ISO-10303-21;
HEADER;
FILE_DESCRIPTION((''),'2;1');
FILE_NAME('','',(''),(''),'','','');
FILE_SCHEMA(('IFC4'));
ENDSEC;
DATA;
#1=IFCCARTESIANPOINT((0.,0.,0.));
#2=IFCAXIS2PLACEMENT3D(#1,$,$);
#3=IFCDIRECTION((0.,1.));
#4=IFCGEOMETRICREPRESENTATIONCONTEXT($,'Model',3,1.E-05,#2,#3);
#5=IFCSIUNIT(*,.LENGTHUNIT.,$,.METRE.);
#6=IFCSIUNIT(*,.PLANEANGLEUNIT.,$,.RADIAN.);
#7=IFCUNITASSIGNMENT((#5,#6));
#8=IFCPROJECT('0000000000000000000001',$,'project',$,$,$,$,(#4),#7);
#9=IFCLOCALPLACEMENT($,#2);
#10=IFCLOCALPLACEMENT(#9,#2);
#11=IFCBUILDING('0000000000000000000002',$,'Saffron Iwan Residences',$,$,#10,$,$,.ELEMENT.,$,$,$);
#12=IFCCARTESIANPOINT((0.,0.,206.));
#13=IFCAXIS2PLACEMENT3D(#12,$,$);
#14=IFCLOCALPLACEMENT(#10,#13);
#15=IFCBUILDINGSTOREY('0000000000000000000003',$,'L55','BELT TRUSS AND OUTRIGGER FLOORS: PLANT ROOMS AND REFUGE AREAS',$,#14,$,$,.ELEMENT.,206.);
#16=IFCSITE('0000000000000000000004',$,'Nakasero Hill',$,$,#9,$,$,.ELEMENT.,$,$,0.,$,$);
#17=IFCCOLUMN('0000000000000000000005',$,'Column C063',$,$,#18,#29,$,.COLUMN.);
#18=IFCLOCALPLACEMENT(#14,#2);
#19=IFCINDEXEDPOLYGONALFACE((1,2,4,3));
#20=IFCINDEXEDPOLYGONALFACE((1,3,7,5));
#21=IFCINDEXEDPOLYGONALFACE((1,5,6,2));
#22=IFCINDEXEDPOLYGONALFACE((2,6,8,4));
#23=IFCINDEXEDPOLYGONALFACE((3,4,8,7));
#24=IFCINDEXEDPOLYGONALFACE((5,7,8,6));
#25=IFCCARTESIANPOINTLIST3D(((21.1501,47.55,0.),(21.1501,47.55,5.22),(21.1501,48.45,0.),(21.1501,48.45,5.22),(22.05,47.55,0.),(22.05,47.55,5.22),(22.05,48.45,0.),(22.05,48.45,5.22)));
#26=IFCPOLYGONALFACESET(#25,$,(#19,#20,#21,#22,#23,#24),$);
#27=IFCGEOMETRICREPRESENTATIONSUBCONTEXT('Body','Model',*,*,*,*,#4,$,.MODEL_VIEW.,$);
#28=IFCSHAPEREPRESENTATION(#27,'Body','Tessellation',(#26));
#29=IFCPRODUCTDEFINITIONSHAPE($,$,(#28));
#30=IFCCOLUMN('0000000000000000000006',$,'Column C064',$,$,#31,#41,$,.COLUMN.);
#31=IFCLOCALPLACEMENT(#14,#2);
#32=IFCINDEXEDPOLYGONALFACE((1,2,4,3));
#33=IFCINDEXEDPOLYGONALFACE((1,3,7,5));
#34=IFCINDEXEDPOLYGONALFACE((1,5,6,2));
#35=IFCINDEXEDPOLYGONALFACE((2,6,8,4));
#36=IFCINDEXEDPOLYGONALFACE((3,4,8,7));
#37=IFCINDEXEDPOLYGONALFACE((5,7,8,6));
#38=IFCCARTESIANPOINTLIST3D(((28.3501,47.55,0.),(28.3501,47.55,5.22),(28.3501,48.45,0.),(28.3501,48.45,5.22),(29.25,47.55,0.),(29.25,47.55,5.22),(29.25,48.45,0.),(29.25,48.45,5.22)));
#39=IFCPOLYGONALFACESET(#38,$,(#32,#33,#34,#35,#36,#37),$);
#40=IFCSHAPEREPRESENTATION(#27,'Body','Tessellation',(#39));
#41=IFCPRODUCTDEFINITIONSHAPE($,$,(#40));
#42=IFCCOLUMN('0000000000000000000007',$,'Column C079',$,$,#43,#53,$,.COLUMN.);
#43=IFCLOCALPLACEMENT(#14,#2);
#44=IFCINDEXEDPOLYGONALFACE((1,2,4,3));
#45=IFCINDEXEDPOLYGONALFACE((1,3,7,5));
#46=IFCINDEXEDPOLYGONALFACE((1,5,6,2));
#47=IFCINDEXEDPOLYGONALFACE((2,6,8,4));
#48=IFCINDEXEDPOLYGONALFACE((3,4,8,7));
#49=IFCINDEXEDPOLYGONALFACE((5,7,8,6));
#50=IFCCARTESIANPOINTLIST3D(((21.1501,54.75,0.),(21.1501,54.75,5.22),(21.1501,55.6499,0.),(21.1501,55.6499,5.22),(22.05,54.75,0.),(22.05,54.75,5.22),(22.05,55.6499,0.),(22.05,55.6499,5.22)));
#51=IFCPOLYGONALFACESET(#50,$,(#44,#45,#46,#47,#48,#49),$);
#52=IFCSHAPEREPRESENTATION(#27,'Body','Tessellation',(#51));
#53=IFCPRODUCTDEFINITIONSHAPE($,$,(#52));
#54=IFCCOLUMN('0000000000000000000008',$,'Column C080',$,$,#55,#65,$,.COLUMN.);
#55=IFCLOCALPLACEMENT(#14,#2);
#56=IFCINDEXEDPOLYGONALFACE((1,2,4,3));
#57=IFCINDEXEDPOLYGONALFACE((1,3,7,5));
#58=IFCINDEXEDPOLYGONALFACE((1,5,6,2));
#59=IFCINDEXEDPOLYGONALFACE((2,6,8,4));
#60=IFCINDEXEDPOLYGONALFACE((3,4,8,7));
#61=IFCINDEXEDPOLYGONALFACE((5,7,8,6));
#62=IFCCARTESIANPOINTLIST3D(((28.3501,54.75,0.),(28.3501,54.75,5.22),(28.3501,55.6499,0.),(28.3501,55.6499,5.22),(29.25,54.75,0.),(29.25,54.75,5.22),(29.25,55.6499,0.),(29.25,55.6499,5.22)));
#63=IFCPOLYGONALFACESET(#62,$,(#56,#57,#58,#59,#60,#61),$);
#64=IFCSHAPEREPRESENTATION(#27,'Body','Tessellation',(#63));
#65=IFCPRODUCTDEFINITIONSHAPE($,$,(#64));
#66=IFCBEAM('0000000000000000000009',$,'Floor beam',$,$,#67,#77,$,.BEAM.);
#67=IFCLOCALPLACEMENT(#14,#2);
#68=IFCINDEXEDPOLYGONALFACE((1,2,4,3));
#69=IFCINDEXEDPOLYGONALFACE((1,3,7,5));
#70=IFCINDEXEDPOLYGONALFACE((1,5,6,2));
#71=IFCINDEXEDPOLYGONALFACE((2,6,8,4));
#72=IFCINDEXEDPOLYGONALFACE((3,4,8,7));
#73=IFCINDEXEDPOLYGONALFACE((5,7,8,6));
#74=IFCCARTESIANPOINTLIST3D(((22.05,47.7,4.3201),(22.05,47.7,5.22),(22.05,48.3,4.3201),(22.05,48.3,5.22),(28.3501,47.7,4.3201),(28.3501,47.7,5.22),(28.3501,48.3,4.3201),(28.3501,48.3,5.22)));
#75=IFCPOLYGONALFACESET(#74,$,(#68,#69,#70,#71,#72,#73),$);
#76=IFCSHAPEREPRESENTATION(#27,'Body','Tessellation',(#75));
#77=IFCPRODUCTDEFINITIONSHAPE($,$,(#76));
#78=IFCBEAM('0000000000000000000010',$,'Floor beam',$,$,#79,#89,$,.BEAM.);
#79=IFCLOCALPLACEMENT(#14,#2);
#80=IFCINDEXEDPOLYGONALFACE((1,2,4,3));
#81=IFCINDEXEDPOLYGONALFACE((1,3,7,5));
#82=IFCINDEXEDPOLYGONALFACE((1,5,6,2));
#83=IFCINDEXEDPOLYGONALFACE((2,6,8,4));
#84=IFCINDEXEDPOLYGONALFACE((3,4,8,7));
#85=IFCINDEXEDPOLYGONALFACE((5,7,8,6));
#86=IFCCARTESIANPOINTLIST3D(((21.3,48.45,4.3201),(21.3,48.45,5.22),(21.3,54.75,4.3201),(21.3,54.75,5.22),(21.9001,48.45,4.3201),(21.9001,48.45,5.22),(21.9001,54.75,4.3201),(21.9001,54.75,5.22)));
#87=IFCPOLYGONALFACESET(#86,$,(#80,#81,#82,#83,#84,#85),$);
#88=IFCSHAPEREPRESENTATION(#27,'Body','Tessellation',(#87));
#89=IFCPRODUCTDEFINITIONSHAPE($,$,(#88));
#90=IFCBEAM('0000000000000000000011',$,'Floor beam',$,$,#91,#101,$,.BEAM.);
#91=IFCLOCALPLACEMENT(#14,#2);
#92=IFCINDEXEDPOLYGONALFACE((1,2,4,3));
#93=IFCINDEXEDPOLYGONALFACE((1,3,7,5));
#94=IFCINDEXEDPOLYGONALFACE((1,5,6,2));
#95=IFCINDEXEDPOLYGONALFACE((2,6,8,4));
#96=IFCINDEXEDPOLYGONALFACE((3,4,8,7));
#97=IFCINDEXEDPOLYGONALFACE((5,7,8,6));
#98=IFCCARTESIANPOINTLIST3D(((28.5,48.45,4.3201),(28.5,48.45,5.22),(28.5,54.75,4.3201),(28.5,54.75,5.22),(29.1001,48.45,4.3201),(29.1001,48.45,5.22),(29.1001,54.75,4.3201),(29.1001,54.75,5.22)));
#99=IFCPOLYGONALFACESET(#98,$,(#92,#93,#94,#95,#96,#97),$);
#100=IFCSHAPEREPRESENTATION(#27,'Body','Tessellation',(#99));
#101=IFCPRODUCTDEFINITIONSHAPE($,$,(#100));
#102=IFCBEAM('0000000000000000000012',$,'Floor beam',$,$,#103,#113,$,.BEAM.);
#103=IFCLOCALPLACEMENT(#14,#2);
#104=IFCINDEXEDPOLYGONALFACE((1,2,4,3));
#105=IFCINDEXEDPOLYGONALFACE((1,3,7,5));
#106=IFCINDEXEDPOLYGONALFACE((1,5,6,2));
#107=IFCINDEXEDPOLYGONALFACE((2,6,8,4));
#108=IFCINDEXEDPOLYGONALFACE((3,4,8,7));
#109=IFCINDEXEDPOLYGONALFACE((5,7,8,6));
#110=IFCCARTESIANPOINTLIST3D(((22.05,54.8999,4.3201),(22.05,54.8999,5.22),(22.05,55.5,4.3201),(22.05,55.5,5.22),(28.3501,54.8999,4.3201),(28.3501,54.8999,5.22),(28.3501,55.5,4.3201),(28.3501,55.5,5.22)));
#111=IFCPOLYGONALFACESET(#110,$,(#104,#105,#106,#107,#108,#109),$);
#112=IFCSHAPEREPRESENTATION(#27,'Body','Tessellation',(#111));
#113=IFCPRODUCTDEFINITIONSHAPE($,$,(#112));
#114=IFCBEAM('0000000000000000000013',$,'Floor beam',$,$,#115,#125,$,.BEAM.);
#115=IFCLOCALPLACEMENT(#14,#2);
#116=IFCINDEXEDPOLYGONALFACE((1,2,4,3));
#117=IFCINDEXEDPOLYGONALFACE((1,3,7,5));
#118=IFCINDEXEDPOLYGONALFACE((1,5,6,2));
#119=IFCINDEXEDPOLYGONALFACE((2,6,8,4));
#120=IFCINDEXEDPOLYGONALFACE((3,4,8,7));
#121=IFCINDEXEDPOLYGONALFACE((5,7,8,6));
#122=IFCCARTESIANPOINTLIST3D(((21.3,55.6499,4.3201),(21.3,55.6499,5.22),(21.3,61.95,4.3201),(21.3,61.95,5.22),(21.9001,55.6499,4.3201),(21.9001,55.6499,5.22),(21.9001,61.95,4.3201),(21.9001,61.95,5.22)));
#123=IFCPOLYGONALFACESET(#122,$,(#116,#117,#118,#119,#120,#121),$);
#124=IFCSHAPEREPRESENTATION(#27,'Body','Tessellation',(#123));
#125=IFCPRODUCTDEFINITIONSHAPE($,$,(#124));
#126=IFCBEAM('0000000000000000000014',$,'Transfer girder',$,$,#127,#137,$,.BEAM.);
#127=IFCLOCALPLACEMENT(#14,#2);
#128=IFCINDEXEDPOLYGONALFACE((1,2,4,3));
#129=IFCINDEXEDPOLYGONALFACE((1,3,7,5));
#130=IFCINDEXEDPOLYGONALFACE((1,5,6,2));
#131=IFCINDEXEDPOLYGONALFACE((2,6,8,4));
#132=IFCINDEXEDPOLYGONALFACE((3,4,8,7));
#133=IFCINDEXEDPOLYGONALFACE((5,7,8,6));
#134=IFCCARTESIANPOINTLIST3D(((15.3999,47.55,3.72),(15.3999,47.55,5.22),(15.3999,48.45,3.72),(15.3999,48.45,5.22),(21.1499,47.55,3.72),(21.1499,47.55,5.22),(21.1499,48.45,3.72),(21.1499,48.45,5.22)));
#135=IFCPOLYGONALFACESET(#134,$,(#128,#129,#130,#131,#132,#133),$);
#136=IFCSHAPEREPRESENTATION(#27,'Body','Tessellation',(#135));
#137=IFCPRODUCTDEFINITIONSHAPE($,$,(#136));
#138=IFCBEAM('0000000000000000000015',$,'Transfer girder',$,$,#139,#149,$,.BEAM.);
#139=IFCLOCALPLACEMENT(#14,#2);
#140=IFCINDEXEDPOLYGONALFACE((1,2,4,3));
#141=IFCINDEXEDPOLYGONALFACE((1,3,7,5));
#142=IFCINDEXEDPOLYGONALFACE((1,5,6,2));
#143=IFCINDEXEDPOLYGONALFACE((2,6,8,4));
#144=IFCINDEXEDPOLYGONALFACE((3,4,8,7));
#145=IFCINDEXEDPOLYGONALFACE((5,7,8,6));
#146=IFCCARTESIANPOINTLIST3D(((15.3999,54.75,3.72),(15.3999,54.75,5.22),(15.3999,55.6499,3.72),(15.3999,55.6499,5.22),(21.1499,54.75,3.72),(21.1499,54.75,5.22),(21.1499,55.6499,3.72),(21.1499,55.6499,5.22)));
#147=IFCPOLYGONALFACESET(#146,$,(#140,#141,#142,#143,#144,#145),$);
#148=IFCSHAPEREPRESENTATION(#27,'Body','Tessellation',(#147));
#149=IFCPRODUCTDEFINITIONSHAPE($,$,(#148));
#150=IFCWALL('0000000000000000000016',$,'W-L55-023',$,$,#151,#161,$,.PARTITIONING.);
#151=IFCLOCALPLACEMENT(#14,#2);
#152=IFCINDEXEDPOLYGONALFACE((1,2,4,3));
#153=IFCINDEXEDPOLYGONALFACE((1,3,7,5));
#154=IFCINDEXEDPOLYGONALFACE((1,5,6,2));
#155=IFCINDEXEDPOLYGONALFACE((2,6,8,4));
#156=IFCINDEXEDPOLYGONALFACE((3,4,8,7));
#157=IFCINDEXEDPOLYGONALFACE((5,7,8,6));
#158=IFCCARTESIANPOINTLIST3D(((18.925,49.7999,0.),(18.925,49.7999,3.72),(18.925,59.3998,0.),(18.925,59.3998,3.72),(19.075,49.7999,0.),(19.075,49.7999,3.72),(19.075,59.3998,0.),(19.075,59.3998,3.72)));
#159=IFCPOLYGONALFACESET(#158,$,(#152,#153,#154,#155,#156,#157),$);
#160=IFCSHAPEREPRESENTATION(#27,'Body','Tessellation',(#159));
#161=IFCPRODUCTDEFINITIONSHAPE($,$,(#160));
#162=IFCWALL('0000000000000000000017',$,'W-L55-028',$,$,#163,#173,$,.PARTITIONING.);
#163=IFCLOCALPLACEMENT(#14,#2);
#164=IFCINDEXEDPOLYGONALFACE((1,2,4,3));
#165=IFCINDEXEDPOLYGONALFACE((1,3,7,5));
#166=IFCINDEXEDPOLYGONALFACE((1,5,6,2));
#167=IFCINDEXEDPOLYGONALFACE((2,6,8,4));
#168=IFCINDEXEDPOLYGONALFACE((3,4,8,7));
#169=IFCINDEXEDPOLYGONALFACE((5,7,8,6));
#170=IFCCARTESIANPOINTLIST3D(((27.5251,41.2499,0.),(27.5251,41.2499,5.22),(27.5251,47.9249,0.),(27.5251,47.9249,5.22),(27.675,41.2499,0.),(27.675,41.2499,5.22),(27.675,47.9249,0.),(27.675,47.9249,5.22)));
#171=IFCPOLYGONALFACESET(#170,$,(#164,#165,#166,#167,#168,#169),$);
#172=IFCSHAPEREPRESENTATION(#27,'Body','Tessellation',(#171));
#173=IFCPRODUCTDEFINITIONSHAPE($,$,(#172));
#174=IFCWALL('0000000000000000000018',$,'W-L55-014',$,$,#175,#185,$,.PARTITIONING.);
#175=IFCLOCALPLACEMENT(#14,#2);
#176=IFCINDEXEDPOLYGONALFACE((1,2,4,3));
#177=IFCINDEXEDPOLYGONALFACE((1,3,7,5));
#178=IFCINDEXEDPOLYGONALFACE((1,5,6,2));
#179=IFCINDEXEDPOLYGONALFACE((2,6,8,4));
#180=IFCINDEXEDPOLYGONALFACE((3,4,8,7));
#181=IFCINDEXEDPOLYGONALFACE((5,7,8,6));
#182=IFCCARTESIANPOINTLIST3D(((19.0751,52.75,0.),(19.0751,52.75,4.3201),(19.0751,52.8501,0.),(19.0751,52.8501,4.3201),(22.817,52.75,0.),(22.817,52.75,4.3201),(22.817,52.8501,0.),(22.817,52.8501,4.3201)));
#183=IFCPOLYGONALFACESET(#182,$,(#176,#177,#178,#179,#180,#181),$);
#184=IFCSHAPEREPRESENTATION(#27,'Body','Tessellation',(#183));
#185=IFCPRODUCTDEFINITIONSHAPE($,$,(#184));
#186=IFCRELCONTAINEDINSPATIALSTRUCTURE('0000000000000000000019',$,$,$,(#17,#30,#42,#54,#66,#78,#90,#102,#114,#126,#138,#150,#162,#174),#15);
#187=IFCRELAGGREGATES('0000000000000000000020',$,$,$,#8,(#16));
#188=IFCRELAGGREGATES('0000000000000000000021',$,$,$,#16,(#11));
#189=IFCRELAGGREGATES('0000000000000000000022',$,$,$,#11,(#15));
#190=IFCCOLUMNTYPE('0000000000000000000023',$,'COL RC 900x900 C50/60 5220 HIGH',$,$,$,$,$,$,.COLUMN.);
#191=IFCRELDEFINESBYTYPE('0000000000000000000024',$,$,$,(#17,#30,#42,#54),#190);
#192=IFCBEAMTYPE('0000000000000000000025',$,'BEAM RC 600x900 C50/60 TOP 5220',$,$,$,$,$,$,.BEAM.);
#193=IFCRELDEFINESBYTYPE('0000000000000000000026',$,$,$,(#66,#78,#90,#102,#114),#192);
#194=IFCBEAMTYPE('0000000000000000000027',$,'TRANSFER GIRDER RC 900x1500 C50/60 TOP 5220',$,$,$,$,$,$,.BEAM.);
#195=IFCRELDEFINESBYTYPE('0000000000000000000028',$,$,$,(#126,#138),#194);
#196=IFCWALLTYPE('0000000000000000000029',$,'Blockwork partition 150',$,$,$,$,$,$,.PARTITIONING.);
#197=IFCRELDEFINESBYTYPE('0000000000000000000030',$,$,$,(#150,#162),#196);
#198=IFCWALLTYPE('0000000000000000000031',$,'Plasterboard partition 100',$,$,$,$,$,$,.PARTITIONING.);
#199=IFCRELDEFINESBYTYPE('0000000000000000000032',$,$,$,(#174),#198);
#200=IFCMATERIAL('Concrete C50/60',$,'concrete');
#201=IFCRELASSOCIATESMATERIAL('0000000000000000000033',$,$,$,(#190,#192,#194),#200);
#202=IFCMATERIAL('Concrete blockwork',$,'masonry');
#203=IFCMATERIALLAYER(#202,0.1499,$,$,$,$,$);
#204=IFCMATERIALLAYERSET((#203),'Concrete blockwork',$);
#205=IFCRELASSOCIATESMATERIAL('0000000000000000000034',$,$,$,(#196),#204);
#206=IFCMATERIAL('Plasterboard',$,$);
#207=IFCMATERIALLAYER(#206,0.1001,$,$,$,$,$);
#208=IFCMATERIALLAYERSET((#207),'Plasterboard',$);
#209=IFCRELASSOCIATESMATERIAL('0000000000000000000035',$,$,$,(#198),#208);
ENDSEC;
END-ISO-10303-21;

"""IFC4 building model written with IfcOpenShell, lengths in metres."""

from ifc_helpers import new_model, si_unit, direction, frame, frame_2d, origin, origin_2d, place, context, subcontext, project, spatial, rectangle, extrude, source, transform, mapped, material, layer, layer_set, material_profile, profile_set, type_object, element, save


model = new_model("IFC4")

# Units and contexts
model_context = context("Model", 3, precision=1e-05, world=origin(), true_north=direction((0.0, 1.0)))
body_context = subcontext(model_context, "Body", "Model", "MODEL_VIEW")
ifc_project = project(units=[si_unit("LENGTHUNIT", "METRE"), si_unit("PLANEANGLEUNIT", "RADIAN")], contexts=[model_context])

# Site, building, storey
site_placement = place(None, origin())
site = spatial("IfcSite", under=ifc_project, at=site_placement, Name="Nakasero Hill", CompositionType="ELEMENT", RefElevation=0.0)
building_placement = place(site_placement, origin())
building = spatial("IfcBuilding", under=site, at=building_placement, Name="Saffron Iwan Residences", CompositionType="ELEMENT")
storey_placement = place(building_placement, frame((0.0, 0.0, 206.0)))
storey = spatial("IfcBuildingStorey", under=building, at=storey_placement, Name="L55", Description="BELT TRUSS AND OUTRIGGER FLOORS: PLANT ROOMS AND REFUGE AREAS", CompositionType="ELEMENT", Elevation=206.0)

# Columns
ifc_material_1 = material(Name="Concrete C50/60", Category="concrete")
ifc_material_profile_1 = material_profile(ifc_material_1, rectangle(XDim=0.8999, YDim=0.8999, at=origin_2d()), Name="RC 900x900")
ifc_profile_set_1 = profile_set([ifc_material_profile_1], Name="Concrete C50/60")
column_type = type_object("IfcColumnType", Name="COL RC 900x900 C50/60 5220 HIGH", PredefinedType="COLUMN", material=ifc_profile_set_1)
shared_shape_1 = source(origin(), body_context, "Body", "SweptSolid", [
    extrude(rectangle(XDim=0.8999, YDim=0.8999, at=origin_2d()), origin(), (0.0, 0.0, 1.0), 5.22),
])
for number, where, z_axis, x_axis, name in (
    (1, (21.6001, 48.0, 0.0), (0.0, 0.0, 1.0), (1.0, 0.0, 0.0), "Column C063"),
    (2, (28.8, 48.0, 0.0), (0.0, 0.0, 1.0), (1.0, 0.0, 0.0), "Column C064"),
    (3, (21.6001, 55.2, 0.0), (0.0, 0.0, 1.0), (1.0, 0.0, 0.0), "Column C079"),
    (4, (28.8, 55.2, 0.0), (0.0, 0.0, 1.0), (1.0, 0.0, 0.0), "Column C080"),
):
    element("IfcColumn", number, at=place(storey_placement, frame(where, z_axis=z_axis, x_axis=x_axis)), inside=storey, type_object=column_type, Name=name, PredefinedType="COLUMN", context=body_context, shape_type="MappedRepresentation", body=[
        mapped(shared_shape_1, transform((0.0, 0.0, 0.0))),
    ])

# Beams
ifc_material_profile_2 = material_profile(ifc_material_1, rectangle(XDim=0.6001, YDim=0.8999, at=origin_2d()), Name="RC 600x900")
ifc_profile_set_2 = profile_set([ifc_material_profile_2], Name="Concrete C50/60")
beam_type_1 = type_object("IfcBeamType", Name="BEAM RC 600x900 C50/60 TOP 5220", PredefinedType="BEAM", material=ifc_profile_set_2)
shared_shape_2 = source(origin(), body_context, "Body", "SweptSolid", [
    extrude(rectangle(XDim=0.6001, YDim=0.8999, at=origin_2d()), origin(), (0.0, 0.0, 1.0), 6.3),
])
for number, where, z_axis, x_axis, name in (
    (5, (22.05, 48.0, 4.77), (1.0, 0.0, 0.0), (0.0, 1.0, 0.0), "Floor beam"),
    (6, (21.6001, 48.45, 4.77), (0.0, 1.0, 0.0), (-1.0, 0.0, 0.0), "Floor beam"),
    (7, (28.8, 48.45, 4.77), (0.0, 1.0, 0.0), (-1.0, 0.0, 0.0), "Floor beam"),
    (8, (22.05, 55.2, 4.77), (1.0, 0.0, 0.0), (0.0, 1.0, 0.0), "Floor beam"),
    (9, (21.6001, 55.6499, 4.77), (0.0, 1.0, 0.0), (-1.0, 0.0, 0.0), "Floor beam"),
):
    element("IfcBeam", number, at=place(storey_placement, frame(where, z_axis=z_axis, x_axis=x_axis)), inside=storey, type_object=beam_type_1, Name=name, PredefinedType="BEAM", context=body_context, shape_type="MappedRepresentation", body=[
        mapped(shared_shape_2, transform((0.0, 0.0, 0.0))),
    ])
ifc_material_profile_3 = material_profile(ifc_material_1, rectangle(XDim=0.8999, YDim=1.5, at=origin_2d()), Name="RC 900x1500")
ifc_profile_set_3 = profile_set([ifc_material_profile_3], Name="Concrete C50/60")
beam_type_2 = type_object("IfcBeamType", Name="TRANSFER GIRDER RC 900x1500 C50/60 TOP 5220", PredefinedType="BEAM", material=ifc_profile_set_3)
shared_shape_3 = source(origin(), body_context, "Body", "SweptSolid", [
    extrude(rectangle(XDim=0.8999, YDim=1.5, at=origin_2d()), origin(), (0.0, 0.0, 1.0), 5.75),
])
for number, where, z_axis, x_axis, name in (
    (10, (21.1499, 48.0, 4.47), (-1.0, 0.0, 0.0), (0.0, -1.0, 0.0), "Transfer girder"),
    (11, (21.1499, 55.2, 4.47), (-1.0, 0.0, 0.0), (0.0, -1.0, 0.0), "Transfer girder"),
):
    element("IfcBeam", number, at=place(storey_placement, frame(where, z_axis=z_axis, x_axis=x_axis)), inside=storey, type_object=beam_type_2, Name=name, PredefinedType="BEAM", context=body_context, shape_type="MappedRepresentation", body=[
        mapped(shared_shape_3, transform((0.0, 0.0, 0.0))),
    ])

# Walls
ifc_material_2 = material(Name="Concrete blockwork", Category="masonry")
ifc_layer_1 = layer(ifc_material_2, 0.1499)
ifc_layer_set_1 = layer_set([ifc_layer_1], Name="Concrete blockwork")
wall_type_1 = type_object("IfcWallType", Name="Blockwork partition 150", PredefinedType="PARTITIONING", material=ifc_layer_set_1)
wall_1_placement = place(storey_placement, frame((19.0, 49.8, 0.0), z_axis=(0.0, 0.0, 1.0), x_axis=(0.0, 1.0, 0.0)))
element("IfcWall", 12, at=wall_1_placement, inside=storey, type_object=wall_type_1, Name="W-L55-023", PredefinedType="PARTITIONING", context=body_context, shape_type="SweptSolid", body=[
    extrude(rectangle(XDim=9.5999, YDim=0.1499, at=frame_2d((4.7998, 0.0))), origin(), (0.0, 0.0, 1.0), 3.72),
])
wall_2_placement = place(storey_placement, frame((27.6001, 41.25, 0.0), z_axis=(0.0, 0.0, 1.0), x_axis=(0.0, 1.0, 0.0)))
element("IfcWall", 13, at=wall_2_placement, inside=storey, type_object=wall_type_1, Name="W-L55-028", PredefinedType="PARTITIONING", context=body_context, shape_type="SweptSolid", body=[
    extrude(rectangle(XDim=6.675, YDim=0.1499, at=frame_2d((3.3374, 0.0))), origin(), (0.0, 0.0, 1.0), 5.22),
])
ifc_material_3 = material(Name="Plasterboard")
ifc_layer_2 = layer(ifc_material_3, 0.1001)
ifc_layer_set_2 = layer_set([ifc_layer_2], Name="Plasterboard")
wall_type_2 = type_object("IfcWallType", Name="Plasterboard partition 100", PredefinedType="PARTITIONING", material=ifc_layer_set_2)
wall_3_placement = place(storey_placement, frame((19.075, 52.8, 0.0), z_axis=(0.0, 0.0, 1.0), x_axis=(1.0, 0.0, 0.0)))
element("IfcWall", 14, at=wall_3_placement, inside=storey, type_object=wall_type_2, Name="W-L55-014", PredefinedType="PARTITIONING", context=body_context, shape_type="SweptSolid", body=[
    extrude(rectangle(XDim=3.7419, YDim=0.1001, at=frame_2d((1.8711, 0.0))), origin(), (0.0, 0.0, 1.0), 4.3201),
])

save(model, "model.ifc")
